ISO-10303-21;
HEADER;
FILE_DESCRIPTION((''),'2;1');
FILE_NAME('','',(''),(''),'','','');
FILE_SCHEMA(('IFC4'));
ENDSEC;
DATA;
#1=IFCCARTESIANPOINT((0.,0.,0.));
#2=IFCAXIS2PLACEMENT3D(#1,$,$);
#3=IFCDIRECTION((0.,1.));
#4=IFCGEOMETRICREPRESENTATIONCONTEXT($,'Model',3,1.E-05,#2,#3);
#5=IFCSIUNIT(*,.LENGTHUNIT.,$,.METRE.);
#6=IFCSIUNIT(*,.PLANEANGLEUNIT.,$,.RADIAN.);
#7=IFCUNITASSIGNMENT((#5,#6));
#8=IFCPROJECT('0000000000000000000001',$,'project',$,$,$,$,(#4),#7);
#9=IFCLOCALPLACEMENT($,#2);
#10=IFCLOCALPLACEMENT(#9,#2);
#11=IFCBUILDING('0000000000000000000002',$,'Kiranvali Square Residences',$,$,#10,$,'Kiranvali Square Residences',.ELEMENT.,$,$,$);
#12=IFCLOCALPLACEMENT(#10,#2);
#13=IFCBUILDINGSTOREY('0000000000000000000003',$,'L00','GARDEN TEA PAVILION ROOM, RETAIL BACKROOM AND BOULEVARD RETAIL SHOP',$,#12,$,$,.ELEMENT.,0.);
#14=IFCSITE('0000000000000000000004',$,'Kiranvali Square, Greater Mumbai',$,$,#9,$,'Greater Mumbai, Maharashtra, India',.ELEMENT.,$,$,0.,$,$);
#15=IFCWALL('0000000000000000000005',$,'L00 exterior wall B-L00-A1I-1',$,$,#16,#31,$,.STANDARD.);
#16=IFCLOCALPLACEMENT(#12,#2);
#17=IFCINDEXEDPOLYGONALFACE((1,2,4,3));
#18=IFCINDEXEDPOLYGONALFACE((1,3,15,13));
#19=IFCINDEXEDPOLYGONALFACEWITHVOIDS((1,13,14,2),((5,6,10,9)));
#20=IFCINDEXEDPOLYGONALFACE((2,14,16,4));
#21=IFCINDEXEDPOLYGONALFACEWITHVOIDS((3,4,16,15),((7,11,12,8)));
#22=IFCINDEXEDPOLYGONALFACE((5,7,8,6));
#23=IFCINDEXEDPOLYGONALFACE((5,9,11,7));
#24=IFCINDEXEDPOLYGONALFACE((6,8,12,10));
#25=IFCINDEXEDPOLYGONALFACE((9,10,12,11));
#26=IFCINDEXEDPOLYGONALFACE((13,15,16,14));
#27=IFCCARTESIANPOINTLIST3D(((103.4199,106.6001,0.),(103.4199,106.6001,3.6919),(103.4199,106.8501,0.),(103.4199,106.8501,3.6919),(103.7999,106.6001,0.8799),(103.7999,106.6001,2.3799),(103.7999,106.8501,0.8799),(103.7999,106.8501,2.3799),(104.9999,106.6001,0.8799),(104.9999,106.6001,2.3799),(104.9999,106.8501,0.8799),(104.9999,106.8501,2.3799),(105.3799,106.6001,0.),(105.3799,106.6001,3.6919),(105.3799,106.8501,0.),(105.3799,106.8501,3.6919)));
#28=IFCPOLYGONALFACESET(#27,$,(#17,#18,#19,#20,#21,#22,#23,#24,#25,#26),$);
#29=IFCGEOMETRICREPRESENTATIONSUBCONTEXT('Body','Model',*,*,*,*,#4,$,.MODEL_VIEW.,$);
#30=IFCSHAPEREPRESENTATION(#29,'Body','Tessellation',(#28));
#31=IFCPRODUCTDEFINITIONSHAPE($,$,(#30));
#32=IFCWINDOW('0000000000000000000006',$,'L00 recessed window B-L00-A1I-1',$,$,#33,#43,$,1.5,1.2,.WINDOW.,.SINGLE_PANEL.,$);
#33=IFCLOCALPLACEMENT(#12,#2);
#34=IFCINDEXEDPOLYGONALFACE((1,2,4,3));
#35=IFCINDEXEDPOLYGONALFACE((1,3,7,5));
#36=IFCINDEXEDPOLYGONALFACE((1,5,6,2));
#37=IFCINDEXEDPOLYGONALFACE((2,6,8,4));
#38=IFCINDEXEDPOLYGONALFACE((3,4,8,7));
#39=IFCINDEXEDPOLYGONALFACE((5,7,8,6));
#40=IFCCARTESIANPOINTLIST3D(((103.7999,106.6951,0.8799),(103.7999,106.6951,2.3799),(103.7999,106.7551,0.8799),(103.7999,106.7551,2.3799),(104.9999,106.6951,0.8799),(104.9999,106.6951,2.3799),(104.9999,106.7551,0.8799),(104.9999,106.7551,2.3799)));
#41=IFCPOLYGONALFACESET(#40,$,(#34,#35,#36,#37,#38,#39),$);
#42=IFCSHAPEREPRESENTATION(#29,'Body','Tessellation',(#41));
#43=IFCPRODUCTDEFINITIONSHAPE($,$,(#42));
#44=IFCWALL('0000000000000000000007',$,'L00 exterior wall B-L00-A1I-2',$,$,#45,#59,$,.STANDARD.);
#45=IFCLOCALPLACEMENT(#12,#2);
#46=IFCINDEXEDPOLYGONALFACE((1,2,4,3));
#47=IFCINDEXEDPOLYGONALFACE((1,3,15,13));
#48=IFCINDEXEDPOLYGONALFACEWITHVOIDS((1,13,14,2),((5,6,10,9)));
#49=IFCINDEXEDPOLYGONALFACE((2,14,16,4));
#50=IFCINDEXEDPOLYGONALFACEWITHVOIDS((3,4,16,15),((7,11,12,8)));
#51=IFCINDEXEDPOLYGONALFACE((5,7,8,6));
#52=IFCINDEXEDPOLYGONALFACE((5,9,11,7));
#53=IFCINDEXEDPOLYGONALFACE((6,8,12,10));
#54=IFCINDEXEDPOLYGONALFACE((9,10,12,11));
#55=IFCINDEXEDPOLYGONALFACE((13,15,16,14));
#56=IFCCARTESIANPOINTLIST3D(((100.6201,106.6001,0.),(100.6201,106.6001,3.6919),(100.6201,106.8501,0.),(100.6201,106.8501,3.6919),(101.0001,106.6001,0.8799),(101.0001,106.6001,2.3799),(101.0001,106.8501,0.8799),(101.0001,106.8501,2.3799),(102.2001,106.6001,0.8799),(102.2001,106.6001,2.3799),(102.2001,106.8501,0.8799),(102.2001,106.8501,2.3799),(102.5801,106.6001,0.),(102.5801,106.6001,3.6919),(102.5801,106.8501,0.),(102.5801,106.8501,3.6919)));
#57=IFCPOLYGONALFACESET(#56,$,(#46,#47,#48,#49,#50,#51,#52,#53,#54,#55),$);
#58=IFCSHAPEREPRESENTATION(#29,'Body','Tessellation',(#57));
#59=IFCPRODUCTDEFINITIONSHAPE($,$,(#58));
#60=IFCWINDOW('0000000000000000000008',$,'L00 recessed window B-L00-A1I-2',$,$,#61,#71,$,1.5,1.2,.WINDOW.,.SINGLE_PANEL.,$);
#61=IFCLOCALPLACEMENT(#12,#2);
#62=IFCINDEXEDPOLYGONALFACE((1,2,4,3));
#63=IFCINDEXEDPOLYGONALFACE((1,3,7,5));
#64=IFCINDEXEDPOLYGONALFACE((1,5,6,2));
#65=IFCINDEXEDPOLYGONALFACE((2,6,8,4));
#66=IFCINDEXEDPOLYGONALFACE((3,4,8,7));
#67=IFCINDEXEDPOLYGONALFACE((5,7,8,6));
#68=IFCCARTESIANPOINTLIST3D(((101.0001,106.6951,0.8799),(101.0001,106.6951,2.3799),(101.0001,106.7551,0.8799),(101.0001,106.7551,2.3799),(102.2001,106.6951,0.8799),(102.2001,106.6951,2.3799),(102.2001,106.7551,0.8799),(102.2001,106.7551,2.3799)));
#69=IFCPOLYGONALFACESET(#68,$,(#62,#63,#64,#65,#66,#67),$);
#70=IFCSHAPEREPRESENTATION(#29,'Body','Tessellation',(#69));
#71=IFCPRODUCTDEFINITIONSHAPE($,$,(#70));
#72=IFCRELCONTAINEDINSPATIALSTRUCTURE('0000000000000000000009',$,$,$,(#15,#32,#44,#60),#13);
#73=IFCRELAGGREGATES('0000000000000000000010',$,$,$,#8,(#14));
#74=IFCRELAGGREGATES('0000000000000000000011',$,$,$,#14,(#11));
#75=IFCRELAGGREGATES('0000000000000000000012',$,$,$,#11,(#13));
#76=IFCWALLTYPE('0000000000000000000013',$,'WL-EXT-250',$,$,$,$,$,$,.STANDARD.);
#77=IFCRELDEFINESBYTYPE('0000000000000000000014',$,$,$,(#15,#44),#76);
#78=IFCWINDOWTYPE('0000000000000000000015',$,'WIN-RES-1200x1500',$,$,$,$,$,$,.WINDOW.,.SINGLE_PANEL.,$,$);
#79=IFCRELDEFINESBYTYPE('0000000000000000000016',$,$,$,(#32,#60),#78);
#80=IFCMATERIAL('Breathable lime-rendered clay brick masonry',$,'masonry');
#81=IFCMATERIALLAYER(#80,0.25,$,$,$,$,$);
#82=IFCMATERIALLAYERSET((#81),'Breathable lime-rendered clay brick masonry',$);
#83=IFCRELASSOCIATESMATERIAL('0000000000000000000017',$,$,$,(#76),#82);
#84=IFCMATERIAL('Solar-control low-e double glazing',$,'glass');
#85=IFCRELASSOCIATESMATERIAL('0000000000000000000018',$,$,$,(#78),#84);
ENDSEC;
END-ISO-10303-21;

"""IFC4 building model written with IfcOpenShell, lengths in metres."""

from ifc_helpers import new_model, si_unit, direction, frame, frame_2d, origin, place, context, subcontext, project, spatial, rectangle, extrude, material, layer, layer_set, type_object, element, fill, save


model = new_model("IFC4")

# Units and contexts
model_context = context("Model", 3, precision=1e-05, world=origin(), true_north=direction((0.0, 1.0)))
body_context = subcontext(model_context, "Body", "Model", "MODEL_VIEW")
ifc_project = project(units=[si_unit("LENGTHUNIT", "METRE"), si_unit("PLANEANGLEUNIT", "RADIAN")], contexts=[model_context])

# Site, building, storey
site_placement = place(None, origin())
site = spatial("IfcSite", under=ifc_project, at=site_placement, Name="Kiranvali Square, Greater Mumbai", LongName="Greater Mumbai, Maharashtra, India", CompositionType="ELEMENT", RefElevation=0.0)
building_placement = place(site_placement, origin())
building = spatial("IfcBuilding", under=site, at=building_placement, Name="Kiranvali Square Residences", LongName="Kiranvali Square Residences", CompositionType="ELEMENT")
storey_placement = place(building_placement, origin())
storey = spatial("IfcBuildingStorey", under=building, at=storey_placement, Name="L00", Description="GARDEN TEA PAVILION ROOM, RETAIL BACKROOM AND BOULEVARD RETAIL SHOP", CompositionType="ELEMENT", Elevation=0.0)

# Shared definitions
ifc_material_1 = material(Name="Breathable lime-rendered clay brick masonry", Category="masonry")
ifc_layer_1 = layer(ifc_material_1, 0.25)
ifc_layer_set_1 = layer_set([ifc_layer_1], Name="Breathable lime-rendered clay brick masonry")
wall_type_1 = type_object("IfcWallType", Name="WL-EXT-250", PredefinedType="STANDARD", material=ifc_layer_set_1)
ifc_material_2 = material(Name="Solar-control low-e double glazing", Category="glass")
window_type = type_object("IfcWindowType", Name="WIN-RES-1200x1500", PartitioningType="SINGLE_PANEL", PredefinedType="WINDOW", material=ifc_material_2)

# Walls, openings, windows
wall_1_placement = place(storey_placement, frame((105.3799, 106.7251, 0.0), z_axis=(0.0, 0.0, 1.0), x_axis=(-1.0, 0.0, 0.0)))
wall_1 = element("IfcWall", 1, at=wall_1_placement, inside=storey, type_object=wall_type_1, Name="L00 exterior wall B-L00-A1I-1", PredefinedType="STANDARD", context=body_context, shape_type="SweptSolid", body=[
    extrude(rectangle(XDim=1.96, YDim=0.25, at=frame_2d((0.98, 0.0))), origin(), (0.0, 0.0, 1.0), 3.6919),
])
opening_1_placement = place(wall_1_placement, frame((0.3799, 0.0, 0.8799)))
opening_1 = element("IfcOpeningElement", 2, at=opening_1_placement, cuts=wall_1, PredefinedType="OPENING", context=body_context, shape_type="SweptSolid", body=[
    extrude(rectangle(XDim=1.2, YDim=1.5, at=frame_2d((0.6001, 0.75))), frame((0.0, 0.135, 0.0), z_axis=(0.0, -1.0, 0.0), x_axis=(1.0, 0.0, 0.0)), (0.0, 0.0, 1.0), 0.27),
])
window_1_placement = place(opening_1_placement, origin())
window_1 = element("IfcWindow", 3, at=window_1_placement, inside=storey, type_object=window_type, Name="L00 recessed window B-L00-A1I-1", OverallHeight=1.5, OverallWidth=1.2, PartitioningType="SINGLE_PANEL", PredefinedType="WINDOW", context=body_context, shape_type="SweptSolid", body=[
    extrude(rectangle(XDim=1.2, YDim=1.5, at=frame_2d((0.6001, 0.75))), frame((0.0, 0.03, 0.0), z_axis=(0.0, -1.0, 0.0), x_axis=(1.0, 0.0, 0.0)), (0.0, 0.0, 1.0), 0.0601),
])
fill(opening_1, window_1)
wall_2_placement = place(storey_placement, frame((102.5801, 106.7251, 0.0), z_axis=(0.0, 0.0, 1.0), x_axis=(-1.0, 0.0, 0.0)))
wall_2 = element("IfcWall", 4, at=wall_2_placement, inside=storey, type_object=wall_type_1, Name="L00 exterior wall B-L00-A1I-2", PredefinedType="STANDARD", context=body_context, shape_type="SweptSolid", body=[
    extrude(rectangle(XDim=1.96, YDim=0.25, at=frame_2d((0.98, 0.0))), origin(), (0.0, 0.0, 1.0), 3.6919),
])
opening_2_placement = place(wall_2_placement, frame((0.3799, 0.0, 0.8799)))
opening_2 = element("IfcOpeningElement", 5, at=opening_2_placement, cuts=wall_2, PredefinedType="OPENING", context=body_context, shape_type="SweptSolid", body=[
    extrude(rectangle(XDim=1.2, YDim=1.5, at=frame_2d((0.6001, 0.75))), frame((0.0, 0.135, 0.0), z_axis=(0.0, -1.0, 0.0), x_axis=(1.0, 0.0, 0.0)), (0.0, 0.0, 1.0), 0.27),
])
window_2_placement = place(opening_2_placement, origin())
window_2 = element("IfcWindow", 6, at=window_2_placement, inside=storey, type_object=window_type, Name="L00 recessed window B-L00-A1I-2", OverallHeight=1.5, OverallWidth=1.2, PartitioningType="SINGLE_PANEL", PredefinedType="WINDOW", context=body_context, shape_type="SweptSolid", body=[
    extrude(rectangle(XDim=1.2, YDim=1.5, at=frame_2d((0.6001, 0.75))), frame((0.0, 0.03, 0.0), z_axis=(0.0, -1.0, 0.0), x_axis=(1.0, 0.0, 0.0)), (0.0, 0.0, 1.0), 0.0601),
])
fill(opening_2, window_2)

save(model, "model.ifc")
